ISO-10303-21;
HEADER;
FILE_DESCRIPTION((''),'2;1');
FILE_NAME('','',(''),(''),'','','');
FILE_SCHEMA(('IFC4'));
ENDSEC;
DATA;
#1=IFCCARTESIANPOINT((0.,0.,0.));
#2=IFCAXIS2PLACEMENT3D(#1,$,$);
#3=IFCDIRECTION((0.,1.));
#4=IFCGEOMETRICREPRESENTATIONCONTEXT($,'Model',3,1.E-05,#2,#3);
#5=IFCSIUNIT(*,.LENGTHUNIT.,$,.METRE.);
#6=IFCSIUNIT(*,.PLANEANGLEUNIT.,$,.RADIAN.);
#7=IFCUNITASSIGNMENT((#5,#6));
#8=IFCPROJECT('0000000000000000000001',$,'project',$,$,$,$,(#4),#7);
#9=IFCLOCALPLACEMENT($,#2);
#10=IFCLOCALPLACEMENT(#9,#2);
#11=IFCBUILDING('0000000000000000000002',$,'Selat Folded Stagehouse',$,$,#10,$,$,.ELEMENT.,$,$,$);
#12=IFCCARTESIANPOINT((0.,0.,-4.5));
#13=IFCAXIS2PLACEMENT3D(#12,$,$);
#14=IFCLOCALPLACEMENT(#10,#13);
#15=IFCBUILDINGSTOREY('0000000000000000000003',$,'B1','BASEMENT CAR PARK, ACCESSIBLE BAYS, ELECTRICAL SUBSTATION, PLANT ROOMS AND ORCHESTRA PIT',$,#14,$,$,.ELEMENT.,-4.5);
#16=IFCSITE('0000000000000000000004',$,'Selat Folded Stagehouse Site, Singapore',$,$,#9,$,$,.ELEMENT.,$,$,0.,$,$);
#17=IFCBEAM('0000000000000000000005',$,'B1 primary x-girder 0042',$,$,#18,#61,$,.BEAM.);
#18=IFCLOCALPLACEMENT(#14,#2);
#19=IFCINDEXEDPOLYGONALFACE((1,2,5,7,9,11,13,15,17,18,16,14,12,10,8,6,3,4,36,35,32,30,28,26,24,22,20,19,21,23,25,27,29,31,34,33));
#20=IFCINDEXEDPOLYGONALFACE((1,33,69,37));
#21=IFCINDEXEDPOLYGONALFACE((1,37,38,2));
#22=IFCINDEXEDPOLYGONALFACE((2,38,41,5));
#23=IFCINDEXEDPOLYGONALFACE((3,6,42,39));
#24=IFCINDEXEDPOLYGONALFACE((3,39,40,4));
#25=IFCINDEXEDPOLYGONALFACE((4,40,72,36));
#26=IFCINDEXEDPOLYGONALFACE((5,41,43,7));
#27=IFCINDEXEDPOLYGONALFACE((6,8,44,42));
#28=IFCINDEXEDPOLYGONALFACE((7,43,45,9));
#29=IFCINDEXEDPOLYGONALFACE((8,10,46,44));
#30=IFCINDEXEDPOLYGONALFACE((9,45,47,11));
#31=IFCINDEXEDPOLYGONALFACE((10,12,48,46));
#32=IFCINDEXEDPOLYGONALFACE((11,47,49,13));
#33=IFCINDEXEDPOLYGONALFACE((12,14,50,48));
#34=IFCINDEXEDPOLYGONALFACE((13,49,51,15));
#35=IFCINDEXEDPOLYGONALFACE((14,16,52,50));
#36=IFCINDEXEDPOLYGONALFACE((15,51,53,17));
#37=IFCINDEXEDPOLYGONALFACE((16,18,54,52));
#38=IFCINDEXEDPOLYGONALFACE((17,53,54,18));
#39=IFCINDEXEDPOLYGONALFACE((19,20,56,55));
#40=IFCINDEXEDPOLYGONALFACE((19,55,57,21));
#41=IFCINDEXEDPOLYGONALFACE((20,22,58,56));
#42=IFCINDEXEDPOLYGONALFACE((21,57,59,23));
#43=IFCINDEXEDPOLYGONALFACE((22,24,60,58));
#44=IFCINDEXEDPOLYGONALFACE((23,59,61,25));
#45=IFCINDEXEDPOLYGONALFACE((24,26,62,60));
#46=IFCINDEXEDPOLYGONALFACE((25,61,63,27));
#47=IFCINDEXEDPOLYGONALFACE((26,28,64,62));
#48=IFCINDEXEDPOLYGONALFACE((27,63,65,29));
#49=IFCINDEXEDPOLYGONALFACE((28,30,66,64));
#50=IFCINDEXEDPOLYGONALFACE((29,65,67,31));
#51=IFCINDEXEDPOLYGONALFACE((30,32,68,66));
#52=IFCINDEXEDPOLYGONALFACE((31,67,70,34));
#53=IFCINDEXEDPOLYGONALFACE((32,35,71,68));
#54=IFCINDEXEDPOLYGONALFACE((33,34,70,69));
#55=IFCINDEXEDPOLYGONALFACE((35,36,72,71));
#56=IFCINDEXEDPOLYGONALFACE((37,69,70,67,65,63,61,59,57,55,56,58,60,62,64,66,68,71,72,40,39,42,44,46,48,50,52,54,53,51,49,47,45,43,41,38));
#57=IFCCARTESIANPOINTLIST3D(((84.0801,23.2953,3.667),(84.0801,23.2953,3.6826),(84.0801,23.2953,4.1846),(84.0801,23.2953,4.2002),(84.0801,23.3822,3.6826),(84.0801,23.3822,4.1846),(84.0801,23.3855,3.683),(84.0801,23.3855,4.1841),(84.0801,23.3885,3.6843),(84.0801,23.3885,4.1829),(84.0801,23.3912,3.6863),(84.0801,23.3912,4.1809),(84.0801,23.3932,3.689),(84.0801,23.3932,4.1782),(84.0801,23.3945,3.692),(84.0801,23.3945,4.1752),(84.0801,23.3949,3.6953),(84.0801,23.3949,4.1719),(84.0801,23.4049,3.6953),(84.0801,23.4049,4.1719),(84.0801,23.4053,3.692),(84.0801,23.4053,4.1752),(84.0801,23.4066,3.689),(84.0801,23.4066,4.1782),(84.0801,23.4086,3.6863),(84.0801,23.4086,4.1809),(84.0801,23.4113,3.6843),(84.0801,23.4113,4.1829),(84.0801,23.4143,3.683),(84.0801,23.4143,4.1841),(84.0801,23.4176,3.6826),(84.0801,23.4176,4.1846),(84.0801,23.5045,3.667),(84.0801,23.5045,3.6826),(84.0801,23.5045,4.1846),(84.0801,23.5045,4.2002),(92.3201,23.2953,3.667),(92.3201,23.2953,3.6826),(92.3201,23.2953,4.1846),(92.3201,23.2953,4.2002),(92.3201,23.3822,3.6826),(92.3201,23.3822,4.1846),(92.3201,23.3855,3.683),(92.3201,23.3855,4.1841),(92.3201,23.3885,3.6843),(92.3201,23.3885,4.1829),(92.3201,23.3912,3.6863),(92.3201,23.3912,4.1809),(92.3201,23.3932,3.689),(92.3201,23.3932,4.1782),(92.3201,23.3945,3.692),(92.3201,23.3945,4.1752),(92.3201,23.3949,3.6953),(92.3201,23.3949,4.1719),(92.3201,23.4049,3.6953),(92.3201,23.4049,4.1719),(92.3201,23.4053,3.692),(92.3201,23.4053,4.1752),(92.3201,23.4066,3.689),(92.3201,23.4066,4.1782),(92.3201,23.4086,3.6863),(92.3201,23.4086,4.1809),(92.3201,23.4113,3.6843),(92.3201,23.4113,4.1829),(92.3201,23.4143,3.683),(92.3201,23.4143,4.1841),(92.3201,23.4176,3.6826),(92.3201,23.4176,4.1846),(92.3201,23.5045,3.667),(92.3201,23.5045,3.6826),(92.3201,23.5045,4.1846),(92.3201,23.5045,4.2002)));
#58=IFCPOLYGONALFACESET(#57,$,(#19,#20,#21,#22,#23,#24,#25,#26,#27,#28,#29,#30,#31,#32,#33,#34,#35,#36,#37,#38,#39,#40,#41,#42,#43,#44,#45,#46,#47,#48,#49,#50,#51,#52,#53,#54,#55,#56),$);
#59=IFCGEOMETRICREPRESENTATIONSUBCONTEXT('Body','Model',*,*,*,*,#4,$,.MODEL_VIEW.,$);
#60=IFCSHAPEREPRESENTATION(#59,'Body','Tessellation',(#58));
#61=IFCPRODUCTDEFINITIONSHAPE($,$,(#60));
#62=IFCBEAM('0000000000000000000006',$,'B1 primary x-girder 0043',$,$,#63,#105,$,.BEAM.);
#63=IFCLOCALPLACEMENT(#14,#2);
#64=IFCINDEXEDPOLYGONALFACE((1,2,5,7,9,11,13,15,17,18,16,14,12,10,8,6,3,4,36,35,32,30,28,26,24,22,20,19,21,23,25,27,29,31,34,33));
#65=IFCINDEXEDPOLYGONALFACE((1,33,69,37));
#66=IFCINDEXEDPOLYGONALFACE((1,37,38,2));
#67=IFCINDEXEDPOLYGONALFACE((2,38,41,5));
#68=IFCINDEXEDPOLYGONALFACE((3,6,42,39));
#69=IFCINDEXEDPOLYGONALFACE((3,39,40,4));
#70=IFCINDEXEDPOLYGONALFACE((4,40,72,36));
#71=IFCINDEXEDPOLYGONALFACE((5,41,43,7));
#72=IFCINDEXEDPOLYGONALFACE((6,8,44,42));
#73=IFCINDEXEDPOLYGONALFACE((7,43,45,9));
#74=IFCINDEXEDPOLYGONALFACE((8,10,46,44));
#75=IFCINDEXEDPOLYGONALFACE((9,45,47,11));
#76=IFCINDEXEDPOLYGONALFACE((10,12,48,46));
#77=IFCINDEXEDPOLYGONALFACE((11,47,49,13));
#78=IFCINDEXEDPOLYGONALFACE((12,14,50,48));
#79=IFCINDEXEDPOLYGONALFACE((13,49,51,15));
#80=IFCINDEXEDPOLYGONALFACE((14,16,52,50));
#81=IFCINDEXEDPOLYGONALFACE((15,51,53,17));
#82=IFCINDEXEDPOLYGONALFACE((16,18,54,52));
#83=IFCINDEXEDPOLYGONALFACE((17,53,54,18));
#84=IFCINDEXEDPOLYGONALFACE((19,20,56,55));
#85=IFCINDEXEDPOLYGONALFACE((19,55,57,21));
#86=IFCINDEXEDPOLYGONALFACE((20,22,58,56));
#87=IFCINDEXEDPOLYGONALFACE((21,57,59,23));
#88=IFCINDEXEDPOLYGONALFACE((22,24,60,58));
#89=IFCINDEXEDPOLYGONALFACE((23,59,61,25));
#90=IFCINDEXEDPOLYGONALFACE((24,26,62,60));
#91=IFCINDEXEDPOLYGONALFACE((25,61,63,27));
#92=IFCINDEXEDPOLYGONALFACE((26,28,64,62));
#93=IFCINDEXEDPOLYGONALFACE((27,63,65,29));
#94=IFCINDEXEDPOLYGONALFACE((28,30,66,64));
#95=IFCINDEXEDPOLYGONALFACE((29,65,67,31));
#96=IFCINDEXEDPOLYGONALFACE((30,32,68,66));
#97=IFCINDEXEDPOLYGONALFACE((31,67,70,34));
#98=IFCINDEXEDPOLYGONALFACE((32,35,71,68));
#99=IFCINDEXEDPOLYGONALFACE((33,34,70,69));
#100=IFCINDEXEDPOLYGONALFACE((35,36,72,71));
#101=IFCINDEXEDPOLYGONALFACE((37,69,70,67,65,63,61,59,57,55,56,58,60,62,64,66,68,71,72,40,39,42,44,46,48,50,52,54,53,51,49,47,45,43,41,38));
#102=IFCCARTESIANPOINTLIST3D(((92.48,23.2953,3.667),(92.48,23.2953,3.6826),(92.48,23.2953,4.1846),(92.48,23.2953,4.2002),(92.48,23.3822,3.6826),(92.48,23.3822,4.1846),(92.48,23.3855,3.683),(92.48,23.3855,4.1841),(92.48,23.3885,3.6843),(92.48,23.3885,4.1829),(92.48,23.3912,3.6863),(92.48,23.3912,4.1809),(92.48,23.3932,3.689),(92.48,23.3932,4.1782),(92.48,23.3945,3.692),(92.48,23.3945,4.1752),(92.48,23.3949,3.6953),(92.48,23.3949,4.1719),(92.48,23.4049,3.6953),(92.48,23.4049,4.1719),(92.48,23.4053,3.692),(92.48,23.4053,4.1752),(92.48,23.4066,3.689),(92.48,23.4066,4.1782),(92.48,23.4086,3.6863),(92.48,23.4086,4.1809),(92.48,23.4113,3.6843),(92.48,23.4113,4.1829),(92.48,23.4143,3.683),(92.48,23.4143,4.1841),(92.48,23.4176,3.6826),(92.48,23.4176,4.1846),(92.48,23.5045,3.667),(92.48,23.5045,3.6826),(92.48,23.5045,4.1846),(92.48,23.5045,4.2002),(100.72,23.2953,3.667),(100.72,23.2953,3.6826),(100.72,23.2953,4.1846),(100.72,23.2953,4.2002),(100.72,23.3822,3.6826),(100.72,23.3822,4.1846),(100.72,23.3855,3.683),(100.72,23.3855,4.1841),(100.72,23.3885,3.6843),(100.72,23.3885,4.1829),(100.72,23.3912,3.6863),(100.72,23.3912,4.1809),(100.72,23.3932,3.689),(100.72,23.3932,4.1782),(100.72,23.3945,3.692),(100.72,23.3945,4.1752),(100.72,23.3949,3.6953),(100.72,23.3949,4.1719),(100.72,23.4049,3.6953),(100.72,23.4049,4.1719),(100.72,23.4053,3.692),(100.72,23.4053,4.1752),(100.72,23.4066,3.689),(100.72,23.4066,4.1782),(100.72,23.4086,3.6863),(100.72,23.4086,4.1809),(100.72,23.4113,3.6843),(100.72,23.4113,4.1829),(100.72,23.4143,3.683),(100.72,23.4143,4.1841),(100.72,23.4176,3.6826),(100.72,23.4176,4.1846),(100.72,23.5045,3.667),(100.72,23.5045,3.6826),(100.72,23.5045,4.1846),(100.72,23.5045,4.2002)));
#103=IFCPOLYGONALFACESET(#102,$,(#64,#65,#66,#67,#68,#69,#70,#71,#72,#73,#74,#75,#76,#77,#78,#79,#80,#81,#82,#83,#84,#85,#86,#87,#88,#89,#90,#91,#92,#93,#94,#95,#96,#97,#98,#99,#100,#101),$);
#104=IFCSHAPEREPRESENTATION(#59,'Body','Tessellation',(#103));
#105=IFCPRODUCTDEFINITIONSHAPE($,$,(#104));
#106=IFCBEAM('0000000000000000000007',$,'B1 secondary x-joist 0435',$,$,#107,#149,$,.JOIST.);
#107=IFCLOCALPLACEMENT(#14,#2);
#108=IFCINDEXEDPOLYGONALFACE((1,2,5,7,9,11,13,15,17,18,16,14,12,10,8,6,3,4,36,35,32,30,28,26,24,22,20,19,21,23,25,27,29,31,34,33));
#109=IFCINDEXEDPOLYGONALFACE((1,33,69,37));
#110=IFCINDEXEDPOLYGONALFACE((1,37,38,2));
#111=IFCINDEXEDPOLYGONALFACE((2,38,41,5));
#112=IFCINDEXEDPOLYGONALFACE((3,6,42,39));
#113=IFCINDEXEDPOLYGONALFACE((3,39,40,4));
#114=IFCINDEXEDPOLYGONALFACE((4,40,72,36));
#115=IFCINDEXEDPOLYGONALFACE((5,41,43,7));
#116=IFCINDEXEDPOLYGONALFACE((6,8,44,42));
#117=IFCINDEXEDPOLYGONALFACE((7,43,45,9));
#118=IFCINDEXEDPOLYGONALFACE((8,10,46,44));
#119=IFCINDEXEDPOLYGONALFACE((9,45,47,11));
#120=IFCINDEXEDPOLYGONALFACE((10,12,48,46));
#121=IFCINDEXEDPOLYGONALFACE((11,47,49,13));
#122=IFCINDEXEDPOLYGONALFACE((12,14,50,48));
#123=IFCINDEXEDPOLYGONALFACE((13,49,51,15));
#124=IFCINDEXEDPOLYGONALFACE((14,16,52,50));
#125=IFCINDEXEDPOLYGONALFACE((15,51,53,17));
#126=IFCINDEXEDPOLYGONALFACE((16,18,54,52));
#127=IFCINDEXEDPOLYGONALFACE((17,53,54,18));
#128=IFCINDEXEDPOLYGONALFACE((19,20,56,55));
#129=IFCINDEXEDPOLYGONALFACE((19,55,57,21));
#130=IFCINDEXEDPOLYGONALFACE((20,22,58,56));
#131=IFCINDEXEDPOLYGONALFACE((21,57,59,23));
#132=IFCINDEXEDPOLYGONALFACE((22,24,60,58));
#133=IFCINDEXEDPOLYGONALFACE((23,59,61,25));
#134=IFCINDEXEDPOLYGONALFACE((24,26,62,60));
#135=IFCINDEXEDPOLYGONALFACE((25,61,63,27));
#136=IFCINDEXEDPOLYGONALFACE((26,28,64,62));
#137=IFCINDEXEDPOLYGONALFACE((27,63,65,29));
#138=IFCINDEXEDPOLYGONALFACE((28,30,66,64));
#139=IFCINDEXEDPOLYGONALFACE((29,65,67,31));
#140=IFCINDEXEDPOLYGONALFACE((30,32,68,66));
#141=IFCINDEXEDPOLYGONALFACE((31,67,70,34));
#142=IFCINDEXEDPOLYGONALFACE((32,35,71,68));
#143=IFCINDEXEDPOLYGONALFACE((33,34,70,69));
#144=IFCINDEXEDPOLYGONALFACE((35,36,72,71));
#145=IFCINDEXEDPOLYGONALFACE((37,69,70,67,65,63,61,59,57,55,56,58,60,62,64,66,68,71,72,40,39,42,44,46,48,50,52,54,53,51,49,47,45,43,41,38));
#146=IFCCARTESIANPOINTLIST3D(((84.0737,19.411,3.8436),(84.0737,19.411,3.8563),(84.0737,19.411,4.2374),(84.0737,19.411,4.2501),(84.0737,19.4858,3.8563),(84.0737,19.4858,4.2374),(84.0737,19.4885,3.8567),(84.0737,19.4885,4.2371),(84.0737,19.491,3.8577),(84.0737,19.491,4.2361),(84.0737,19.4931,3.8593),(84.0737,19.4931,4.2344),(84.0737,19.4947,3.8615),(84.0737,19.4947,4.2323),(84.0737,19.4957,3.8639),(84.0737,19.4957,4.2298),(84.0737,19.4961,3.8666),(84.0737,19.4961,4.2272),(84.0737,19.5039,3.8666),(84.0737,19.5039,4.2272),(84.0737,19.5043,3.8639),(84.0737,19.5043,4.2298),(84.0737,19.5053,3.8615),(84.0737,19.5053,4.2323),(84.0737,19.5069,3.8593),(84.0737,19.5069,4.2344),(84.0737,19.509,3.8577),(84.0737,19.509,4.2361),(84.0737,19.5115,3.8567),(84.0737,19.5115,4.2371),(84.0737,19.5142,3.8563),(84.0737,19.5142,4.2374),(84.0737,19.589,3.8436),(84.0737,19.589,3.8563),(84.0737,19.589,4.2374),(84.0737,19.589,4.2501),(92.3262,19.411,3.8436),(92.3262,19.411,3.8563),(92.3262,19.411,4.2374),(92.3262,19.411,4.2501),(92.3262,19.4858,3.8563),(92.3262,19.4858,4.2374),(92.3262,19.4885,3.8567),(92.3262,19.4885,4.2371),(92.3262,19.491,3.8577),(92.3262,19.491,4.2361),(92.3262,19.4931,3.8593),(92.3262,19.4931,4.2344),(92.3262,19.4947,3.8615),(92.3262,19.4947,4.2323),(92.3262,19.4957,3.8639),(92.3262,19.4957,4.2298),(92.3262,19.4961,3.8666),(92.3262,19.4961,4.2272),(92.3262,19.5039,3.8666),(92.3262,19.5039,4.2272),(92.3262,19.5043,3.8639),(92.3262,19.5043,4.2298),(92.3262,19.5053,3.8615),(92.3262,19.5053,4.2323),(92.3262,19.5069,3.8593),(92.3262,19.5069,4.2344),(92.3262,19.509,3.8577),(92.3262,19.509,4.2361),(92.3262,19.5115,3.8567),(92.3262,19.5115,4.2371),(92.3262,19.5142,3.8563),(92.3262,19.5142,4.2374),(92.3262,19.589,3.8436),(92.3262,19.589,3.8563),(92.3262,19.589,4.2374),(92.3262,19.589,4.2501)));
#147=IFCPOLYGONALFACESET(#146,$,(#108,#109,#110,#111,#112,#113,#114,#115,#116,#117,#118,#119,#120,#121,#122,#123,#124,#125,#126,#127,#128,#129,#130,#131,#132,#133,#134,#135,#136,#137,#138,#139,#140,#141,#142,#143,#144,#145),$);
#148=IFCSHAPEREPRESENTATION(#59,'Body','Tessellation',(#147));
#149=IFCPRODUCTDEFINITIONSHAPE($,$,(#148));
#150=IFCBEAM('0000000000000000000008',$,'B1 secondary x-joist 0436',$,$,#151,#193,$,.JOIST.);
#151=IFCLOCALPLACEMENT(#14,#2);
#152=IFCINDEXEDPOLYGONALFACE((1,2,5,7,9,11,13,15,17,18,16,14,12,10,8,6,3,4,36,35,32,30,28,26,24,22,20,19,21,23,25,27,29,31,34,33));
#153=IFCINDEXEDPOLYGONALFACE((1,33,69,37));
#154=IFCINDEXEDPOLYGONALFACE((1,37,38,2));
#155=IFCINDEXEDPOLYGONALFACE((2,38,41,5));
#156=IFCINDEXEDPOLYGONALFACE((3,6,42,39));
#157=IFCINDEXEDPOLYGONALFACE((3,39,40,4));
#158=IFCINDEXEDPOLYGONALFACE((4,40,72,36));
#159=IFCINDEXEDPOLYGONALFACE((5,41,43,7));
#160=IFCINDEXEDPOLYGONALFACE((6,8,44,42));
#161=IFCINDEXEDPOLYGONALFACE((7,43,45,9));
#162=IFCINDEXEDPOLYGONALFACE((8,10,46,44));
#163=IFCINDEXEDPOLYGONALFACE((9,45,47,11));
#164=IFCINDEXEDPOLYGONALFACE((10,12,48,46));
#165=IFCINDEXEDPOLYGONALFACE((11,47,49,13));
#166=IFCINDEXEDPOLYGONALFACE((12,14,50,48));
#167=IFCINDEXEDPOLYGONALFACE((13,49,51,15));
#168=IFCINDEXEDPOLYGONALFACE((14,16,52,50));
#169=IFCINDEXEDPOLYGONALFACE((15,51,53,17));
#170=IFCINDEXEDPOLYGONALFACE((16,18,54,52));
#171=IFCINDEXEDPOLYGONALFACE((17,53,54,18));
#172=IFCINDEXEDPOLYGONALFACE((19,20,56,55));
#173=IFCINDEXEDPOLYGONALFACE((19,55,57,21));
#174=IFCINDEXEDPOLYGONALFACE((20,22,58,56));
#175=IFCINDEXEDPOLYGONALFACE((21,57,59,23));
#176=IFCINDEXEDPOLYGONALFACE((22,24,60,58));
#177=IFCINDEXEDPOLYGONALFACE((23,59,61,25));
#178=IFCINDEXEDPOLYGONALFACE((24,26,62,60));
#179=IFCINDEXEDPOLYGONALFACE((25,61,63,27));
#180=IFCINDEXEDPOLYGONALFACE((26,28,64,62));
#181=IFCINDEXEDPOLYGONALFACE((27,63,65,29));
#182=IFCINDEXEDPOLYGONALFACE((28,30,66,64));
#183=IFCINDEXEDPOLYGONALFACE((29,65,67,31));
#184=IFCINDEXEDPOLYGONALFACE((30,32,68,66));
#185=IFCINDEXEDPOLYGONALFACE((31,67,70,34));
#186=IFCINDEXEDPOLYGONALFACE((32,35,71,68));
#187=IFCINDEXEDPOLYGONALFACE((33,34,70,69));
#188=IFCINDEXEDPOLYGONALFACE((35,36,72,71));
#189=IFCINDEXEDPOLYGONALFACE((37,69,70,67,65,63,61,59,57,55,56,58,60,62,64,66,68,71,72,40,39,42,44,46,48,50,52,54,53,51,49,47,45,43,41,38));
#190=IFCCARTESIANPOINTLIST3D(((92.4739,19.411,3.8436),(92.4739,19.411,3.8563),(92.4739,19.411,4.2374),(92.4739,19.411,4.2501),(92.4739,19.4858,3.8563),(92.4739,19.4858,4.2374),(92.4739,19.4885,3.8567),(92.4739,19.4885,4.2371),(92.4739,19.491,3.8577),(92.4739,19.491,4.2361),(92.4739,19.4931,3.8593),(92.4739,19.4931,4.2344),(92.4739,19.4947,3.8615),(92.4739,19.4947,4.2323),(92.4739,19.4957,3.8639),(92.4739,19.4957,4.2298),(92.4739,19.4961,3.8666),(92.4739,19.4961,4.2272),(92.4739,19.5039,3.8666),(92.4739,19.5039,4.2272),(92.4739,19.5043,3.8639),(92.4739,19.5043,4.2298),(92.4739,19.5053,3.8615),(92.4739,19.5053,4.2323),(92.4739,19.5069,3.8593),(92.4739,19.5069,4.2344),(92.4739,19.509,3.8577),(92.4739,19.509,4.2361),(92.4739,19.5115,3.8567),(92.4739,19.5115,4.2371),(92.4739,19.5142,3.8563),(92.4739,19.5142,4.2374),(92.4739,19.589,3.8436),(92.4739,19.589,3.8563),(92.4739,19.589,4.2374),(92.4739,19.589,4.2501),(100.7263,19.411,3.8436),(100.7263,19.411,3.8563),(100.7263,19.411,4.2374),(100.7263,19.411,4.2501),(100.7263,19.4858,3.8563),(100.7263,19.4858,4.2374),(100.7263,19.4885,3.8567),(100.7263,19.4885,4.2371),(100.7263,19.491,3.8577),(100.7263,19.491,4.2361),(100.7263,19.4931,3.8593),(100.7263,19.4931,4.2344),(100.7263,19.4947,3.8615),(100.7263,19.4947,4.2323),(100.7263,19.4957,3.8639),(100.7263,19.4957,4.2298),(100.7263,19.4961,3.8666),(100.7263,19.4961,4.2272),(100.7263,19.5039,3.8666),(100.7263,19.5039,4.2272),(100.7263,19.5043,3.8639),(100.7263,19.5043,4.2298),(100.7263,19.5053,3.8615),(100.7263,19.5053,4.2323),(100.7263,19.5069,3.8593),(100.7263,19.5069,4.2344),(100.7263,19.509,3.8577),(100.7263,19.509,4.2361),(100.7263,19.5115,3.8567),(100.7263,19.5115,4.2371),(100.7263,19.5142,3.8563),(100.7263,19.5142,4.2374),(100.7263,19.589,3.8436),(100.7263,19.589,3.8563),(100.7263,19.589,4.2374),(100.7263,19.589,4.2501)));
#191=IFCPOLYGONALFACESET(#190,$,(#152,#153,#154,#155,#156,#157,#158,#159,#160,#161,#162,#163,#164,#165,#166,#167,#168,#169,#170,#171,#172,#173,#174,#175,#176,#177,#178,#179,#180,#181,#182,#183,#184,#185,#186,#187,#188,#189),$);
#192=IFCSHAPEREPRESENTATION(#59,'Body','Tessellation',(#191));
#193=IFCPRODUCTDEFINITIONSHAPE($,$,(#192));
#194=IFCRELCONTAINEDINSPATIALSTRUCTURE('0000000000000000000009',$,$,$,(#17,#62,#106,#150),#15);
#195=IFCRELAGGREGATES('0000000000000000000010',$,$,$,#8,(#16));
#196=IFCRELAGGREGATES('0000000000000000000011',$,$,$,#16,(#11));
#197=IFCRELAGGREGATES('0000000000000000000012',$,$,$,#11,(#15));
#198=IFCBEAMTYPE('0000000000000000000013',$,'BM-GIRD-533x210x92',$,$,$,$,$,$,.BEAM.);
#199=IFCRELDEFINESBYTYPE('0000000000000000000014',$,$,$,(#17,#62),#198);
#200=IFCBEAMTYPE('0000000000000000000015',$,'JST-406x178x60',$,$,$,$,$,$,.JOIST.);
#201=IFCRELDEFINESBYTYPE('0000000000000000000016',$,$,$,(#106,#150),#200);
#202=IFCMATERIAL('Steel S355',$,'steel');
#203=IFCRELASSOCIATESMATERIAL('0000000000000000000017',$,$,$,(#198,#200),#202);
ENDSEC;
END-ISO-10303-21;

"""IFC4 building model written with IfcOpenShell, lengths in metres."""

from ifc_helpers import new_model, si_unit, direction, frame, origin, origin_2d, place, context, subcontext, project, spatial, i_section, extrude, material, material_profile, profile_set, type_object, element, save


model = new_model("IFC4")

# Units and contexts
model_context = context("Model", 3, precision=1e-05, world=origin(), true_north=direction((0.0, 1.0)))
body_context = subcontext(model_context, "Body", "Model", "MODEL_VIEW")
ifc_project = project(units=[si_unit("LENGTHUNIT", "METRE"), si_unit("PLANEANGLEUNIT", "RADIAN")], contexts=[model_context])

# Site, building, storey
site_placement = place(None, origin())
site = spatial("IfcSite", under=ifc_project, at=site_placement, Name="Selat Folded Stagehouse Site, Singapore", CompositionType="ELEMENT", RefElevation=0.0)
building_placement = place(site_placement, origin())
building = spatial("IfcBuilding", under=site, at=building_placement, Name="Selat Folded Stagehouse", CompositionType="ELEMENT")
storey_placement = place(building_placement, frame((0.0, 0.0, -4.5)))
storey = spatial("IfcBuildingStorey", under=building, at=storey_placement, Name="B1", Description="BASEMENT CAR PARK, ACCESSIBLE BAYS, ELECTRICAL SUBSTATION, PLANT ROOMS AND ORCHESTRA PIT", CompositionType="ELEMENT", Elevation=-4.5)

# Beams
ifc_material_1 = material(Name="Steel S355", Category="steel")
ifc_material_profile_1 = material_profile(ifc_material_1, i_section(OverallWidth=0.2092, OverallDepth=0.5332, WebThickness=0.01, FlangeThickness=0.0156, FilletRadius=0.0127, at=origin_2d()), Name="UKB 533x210x92")
ifc_profile_set_1 = profile_set([ifc_material_profile_1], Name="Steel S355")
beam_type_1 = type_object("IfcBeamType", Name="BM-GIRD-533x210x92", PredefinedType="BEAM", material=ifc_profile_set_1)
for number, where, z_axis, x_axis, name in (
    (1, (84.0801, 23.3999, 3.9336), (1.0, 0.0, 0.0), (0.0, 1.0, 0.0), "B1 primary x-girder 0042"),
    (2, (92.48, 23.3999, 3.9336), (1.0, 0.0, 0.0), (0.0, 1.0, 0.0), "B1 primary x-girder 0043"),
):
    element("IfcBeam", number, at=place(storey_placement, frame(where, z_axis=z_axis, x_axis=x_axis)), inside=storey, type_object=beam_type_1, Name=name, PredefinedType="BEAM", context=body_context, shape_type="SweptSolid", body=[
        extrude(i_section(OverallWidth=0.2092, OverallDepth=0.5332, WebThickness=0.01, FlangeThickness=0.0156, FilletRadius=0.0127, at=origin_2d()), origin(), (0.0, 0.0, 1.0), 8.24),
    ])
ifc_material_profile_2 = material_profile(ifc_material_1, i_section(OverallWidth=0.178, OverallDepth=0.4065, WebThickness=0.0078, FlangeThickness=0.0127, FilletRadius=0.0103, at=origin_2d()), Name="UKB 406x178x60")
ifc_profile_set_2 = profile_set([ifc_material_profile_2], Name="Steel S355")
beam_type_2 = type_object("IfcBeamType", Name="JST-406x178x60", PredefinedType="JOIST", material=ifc_profile_set_2)
for number, where, z_axis, x_axis, name in (
    (3, (84.0737, 19.5, 4.0469), (1.0, 0.0, 0.0), (0.0, 1.0, 0.0), "B1 secondary x-joist 0435"),
    (4, (92.4739, 19.5, 4.0469), (1.0, 0.0, 0.0), (0.0, 1.0, 0.0), "B1 secondary x-joist 0436"),
):
    element("IfcBeam", number, at=place(storey_placement, frame(where, z_axis=z_axis, x_axis=x_axis)), inside=storey, type_object=beam_type_2, Name=name, PredefinedType="JOIST", context=body_context, shape_type="SweptSolid", body=[
        extrude(i_section(OverallWidth=0.178, OverallDepth=0.4065, WebThickness=0.0078, FlangeThickness=0.0127, FilletRadius=0.0103, at=origin_2d()), origin(), (0.0, 0.0, 1.0), 8.2524),
    ])

save(model, "model.ifc")
